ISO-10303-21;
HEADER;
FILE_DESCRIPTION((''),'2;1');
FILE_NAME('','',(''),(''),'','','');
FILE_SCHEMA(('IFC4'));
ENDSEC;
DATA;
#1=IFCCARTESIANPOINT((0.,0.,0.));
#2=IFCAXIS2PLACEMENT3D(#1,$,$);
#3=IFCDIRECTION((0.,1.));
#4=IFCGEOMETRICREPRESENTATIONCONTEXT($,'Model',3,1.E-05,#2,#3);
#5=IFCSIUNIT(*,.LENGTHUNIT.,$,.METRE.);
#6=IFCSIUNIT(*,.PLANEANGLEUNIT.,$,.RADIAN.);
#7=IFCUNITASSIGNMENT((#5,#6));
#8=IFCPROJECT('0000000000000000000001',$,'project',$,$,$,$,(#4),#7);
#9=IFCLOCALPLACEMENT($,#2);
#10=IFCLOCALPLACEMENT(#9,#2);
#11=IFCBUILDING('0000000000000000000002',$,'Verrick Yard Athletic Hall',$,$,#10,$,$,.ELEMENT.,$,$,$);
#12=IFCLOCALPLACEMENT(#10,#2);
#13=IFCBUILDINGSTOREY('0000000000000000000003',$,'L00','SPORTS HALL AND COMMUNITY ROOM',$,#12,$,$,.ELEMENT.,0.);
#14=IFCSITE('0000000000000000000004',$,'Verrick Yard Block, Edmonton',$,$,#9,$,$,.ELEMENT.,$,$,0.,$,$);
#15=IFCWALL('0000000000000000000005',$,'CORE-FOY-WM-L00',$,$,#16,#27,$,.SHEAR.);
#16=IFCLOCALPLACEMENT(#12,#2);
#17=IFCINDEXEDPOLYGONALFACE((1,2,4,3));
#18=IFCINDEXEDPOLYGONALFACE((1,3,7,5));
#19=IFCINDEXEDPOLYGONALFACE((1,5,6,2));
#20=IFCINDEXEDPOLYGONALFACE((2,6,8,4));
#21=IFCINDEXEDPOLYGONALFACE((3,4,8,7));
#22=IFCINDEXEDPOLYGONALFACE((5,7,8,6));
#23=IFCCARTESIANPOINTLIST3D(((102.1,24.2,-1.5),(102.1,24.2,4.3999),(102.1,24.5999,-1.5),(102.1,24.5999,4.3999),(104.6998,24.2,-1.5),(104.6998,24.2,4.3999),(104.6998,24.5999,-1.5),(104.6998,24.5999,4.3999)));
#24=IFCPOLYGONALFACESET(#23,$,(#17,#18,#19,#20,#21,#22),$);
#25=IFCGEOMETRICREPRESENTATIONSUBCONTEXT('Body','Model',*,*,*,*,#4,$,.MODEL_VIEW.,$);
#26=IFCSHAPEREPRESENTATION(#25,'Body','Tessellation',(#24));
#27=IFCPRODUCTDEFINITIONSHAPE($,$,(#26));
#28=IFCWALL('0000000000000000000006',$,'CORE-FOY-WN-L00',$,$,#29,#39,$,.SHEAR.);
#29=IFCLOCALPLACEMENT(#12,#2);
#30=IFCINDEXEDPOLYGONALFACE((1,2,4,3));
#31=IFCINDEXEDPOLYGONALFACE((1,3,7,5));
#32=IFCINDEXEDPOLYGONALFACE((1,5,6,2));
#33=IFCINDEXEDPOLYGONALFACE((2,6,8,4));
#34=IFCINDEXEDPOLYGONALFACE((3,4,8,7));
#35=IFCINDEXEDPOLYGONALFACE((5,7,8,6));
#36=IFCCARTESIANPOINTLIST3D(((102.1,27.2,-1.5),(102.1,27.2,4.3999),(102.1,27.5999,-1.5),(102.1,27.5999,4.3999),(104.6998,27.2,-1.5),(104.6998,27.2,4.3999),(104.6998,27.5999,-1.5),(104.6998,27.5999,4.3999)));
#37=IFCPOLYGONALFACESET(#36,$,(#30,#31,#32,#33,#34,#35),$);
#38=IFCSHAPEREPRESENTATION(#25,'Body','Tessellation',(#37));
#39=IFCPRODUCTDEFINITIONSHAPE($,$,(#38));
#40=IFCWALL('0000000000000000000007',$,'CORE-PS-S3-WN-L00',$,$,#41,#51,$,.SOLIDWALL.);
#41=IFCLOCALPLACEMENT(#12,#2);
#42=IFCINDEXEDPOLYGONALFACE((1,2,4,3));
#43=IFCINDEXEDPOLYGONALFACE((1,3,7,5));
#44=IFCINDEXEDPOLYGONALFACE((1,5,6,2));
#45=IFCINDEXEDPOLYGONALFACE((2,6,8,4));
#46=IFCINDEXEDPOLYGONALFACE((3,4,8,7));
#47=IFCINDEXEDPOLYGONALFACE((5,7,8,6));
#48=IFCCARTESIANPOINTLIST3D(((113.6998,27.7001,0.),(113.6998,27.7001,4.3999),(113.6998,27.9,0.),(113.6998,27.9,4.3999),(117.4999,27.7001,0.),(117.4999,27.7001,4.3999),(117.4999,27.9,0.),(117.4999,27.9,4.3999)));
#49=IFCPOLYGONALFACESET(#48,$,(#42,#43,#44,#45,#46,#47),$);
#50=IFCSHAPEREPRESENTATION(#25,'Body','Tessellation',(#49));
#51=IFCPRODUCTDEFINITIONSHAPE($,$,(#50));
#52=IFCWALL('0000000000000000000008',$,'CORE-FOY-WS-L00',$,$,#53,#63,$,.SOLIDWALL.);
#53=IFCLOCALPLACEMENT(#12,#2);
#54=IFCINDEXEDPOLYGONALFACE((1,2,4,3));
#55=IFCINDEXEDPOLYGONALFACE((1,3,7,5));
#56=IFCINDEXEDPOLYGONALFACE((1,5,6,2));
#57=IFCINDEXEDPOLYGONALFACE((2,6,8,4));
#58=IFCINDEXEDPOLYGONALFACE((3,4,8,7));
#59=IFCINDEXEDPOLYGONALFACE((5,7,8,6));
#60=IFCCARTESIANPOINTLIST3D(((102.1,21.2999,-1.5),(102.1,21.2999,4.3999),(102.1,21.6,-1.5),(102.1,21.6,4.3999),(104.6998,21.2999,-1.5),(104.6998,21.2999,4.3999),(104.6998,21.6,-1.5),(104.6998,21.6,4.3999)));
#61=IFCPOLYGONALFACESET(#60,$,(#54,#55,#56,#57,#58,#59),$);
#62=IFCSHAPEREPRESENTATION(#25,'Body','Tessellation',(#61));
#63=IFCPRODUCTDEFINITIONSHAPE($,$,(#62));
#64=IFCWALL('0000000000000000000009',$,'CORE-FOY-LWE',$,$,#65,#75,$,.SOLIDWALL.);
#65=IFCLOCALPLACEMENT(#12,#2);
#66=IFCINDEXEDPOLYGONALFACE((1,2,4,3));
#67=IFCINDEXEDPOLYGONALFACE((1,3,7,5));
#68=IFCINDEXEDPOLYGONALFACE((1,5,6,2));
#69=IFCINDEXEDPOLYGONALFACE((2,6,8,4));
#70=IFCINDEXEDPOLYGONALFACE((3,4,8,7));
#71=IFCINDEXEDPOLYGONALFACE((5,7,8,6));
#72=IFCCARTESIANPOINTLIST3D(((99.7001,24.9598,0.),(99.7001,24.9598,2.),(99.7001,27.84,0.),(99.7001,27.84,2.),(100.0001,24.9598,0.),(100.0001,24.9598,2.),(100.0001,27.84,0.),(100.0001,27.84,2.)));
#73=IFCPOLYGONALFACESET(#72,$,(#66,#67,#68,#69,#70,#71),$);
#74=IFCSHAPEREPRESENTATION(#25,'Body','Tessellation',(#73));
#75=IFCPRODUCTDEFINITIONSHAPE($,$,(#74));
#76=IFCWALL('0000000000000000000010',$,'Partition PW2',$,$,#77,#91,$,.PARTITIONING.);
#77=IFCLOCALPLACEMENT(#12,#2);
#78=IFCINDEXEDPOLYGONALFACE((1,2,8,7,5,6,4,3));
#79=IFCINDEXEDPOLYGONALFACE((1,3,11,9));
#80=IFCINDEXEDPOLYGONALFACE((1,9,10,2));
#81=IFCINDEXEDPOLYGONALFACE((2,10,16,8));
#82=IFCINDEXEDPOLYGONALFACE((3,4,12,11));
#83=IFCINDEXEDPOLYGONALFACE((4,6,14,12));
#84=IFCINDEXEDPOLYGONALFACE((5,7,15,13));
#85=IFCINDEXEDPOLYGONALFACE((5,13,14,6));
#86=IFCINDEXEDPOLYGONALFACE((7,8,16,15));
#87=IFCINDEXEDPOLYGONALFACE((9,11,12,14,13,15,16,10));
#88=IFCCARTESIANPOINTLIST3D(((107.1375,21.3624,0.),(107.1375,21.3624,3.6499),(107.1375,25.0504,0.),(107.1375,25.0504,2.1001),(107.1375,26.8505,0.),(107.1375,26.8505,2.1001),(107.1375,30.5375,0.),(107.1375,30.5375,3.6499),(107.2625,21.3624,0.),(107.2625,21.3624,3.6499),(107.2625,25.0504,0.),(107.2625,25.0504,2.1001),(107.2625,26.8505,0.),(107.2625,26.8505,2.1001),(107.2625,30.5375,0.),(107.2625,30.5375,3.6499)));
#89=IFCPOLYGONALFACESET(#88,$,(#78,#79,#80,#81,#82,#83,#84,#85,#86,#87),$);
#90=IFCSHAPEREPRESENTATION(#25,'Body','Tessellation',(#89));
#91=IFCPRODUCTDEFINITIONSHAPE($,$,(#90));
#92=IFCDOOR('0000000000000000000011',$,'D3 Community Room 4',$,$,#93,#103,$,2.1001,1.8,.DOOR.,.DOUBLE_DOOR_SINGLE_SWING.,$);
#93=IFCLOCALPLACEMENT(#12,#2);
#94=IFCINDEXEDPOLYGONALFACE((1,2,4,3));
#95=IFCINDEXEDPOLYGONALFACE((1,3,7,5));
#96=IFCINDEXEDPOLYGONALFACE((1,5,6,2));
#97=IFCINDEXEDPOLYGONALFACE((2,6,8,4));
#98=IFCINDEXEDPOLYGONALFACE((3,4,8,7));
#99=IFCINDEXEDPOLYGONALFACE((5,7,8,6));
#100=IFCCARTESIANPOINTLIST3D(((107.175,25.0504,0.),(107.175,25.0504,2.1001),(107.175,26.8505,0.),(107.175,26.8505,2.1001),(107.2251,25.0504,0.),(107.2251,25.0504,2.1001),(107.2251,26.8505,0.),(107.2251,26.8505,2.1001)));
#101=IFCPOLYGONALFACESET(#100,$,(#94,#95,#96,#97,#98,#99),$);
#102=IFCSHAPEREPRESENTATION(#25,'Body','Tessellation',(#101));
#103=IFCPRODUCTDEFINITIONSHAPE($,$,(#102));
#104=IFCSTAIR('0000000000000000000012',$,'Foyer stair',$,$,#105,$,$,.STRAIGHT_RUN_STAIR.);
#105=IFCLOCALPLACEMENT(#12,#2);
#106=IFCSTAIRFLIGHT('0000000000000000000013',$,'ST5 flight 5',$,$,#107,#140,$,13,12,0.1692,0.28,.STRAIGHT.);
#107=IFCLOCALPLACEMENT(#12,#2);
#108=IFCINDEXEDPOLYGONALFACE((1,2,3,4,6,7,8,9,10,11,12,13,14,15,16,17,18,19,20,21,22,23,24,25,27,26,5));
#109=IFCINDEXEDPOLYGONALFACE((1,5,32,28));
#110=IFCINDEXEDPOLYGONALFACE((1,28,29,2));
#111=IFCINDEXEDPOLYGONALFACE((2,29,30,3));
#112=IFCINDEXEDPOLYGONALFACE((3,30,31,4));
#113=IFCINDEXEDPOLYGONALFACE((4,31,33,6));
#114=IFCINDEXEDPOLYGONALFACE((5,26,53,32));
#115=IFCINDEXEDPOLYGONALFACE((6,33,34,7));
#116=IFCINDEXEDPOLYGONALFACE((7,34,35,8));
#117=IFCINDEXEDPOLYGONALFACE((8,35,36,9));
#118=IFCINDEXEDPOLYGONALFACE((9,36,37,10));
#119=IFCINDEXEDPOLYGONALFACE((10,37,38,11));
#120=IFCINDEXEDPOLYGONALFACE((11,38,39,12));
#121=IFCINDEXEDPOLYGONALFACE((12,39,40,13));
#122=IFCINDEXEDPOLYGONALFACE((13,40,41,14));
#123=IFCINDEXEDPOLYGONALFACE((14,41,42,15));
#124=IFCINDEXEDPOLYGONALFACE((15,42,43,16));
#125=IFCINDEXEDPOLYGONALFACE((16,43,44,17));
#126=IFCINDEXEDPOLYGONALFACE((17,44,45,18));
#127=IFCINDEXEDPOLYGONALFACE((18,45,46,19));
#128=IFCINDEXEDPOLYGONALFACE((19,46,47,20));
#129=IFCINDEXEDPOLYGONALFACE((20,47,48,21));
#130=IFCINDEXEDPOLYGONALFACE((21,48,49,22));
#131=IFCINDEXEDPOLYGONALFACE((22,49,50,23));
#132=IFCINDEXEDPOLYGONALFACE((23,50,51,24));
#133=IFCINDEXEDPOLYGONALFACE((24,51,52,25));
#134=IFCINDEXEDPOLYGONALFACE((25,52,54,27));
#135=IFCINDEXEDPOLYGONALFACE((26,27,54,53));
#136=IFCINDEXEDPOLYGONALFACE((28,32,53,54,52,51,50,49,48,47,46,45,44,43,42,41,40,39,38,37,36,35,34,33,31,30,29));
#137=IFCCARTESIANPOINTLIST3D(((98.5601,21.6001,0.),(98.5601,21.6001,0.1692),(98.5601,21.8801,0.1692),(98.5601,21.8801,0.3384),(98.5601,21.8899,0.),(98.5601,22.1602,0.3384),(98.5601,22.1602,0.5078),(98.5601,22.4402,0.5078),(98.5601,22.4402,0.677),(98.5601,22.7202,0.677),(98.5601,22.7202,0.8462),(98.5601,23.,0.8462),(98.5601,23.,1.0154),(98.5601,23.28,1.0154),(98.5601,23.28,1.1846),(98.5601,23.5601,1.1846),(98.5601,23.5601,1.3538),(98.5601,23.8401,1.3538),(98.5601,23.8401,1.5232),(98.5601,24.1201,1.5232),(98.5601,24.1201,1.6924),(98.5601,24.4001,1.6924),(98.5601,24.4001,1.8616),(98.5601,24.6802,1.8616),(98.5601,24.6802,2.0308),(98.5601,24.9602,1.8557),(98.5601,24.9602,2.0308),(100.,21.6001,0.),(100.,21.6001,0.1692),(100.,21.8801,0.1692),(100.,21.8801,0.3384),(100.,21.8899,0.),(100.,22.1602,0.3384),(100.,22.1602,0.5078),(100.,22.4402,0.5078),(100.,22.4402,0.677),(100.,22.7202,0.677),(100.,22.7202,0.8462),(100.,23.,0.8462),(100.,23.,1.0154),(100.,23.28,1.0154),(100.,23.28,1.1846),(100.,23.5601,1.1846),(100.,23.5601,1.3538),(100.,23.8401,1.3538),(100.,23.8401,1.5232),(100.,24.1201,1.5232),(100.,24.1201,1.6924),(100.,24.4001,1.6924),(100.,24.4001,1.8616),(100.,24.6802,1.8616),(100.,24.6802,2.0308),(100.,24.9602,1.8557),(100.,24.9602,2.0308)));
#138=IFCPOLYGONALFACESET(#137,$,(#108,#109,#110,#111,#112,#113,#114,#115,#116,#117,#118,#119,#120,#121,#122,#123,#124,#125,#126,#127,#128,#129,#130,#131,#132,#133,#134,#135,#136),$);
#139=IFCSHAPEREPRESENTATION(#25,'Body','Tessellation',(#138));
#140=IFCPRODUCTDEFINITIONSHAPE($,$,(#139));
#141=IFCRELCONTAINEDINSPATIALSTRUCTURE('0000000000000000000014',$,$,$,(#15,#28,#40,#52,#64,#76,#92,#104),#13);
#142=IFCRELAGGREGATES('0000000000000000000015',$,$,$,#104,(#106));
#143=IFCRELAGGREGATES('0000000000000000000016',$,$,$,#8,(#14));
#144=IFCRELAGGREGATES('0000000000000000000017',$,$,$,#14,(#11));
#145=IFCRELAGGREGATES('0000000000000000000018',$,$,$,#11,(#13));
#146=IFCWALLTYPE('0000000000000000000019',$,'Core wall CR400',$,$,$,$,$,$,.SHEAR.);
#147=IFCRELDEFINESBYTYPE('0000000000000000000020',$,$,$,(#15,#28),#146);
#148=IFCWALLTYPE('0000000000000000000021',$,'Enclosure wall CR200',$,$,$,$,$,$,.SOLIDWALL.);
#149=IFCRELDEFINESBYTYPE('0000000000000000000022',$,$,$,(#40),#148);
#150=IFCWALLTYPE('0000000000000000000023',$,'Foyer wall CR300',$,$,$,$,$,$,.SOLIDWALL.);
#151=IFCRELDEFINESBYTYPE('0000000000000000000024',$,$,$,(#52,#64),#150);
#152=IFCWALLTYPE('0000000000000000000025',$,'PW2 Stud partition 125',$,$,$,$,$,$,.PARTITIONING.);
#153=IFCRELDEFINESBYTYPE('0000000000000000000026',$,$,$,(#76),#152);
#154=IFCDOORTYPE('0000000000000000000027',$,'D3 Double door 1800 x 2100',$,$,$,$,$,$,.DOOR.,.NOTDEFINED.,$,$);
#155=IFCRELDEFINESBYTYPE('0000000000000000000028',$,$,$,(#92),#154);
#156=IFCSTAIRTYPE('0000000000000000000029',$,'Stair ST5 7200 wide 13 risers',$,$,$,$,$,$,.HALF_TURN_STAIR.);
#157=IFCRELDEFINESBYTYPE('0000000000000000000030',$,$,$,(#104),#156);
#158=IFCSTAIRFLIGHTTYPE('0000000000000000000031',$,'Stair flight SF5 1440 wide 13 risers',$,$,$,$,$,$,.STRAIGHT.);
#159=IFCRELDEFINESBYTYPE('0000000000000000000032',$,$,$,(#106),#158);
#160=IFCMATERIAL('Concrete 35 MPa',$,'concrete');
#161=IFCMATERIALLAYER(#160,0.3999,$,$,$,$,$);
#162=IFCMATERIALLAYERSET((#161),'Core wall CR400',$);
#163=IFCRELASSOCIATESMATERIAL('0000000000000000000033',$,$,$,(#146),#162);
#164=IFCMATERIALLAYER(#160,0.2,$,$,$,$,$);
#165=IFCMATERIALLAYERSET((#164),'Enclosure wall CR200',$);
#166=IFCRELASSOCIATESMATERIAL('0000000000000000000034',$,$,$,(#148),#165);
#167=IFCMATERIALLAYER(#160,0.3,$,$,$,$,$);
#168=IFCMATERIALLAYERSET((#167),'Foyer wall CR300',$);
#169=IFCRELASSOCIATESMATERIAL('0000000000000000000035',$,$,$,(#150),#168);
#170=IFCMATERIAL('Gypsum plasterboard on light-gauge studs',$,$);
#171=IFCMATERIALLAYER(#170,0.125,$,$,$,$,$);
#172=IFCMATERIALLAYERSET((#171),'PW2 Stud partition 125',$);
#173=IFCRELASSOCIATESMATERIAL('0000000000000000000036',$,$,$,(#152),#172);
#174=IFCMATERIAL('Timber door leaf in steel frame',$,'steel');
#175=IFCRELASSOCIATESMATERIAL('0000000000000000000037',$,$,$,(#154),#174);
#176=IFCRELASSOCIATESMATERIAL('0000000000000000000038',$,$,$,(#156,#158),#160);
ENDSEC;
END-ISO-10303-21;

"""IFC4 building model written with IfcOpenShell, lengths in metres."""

from ifc_helpers import new_model, si_unit, direction, frame, frame_2d, origin, place, context, subcontext, project, spatial, polyline, rectangle, outline, extrude, material, layer, layer_set, type_object, element, fill, aggregate, save


model = new_model("IFC4")

# Units and contexts
model_context = context("Model", 3, precision=1e-05, world=origin(), true_north=direction((0.0, 1.0)))
body_context = subcontext(model_context, "Body", "Model", "MODEL_VIEW")
ifc_project = project(units=[si_unit("LENGTHUNIT", "METRE"), si_unit("PLANEANGLEUNIT", "RADIAN")], contexts=[model_context])

# Site, building, storey
site_placement = place(None, origin())
site = spatial("IfcSite", under=ifc_project, at=site_placement, Name="Verrick Yard Block, Edmonton", CompositionType="ELEMENT", RefElevation=0.0)
building_placement = place(site_placement, origin())
building = spatial("IfcBuilding", under=site, at=building_placement, Name="Verrick Yard Athletic Hall", CompositionType="ELEMENT")
storey_placement = place(building_placement, origin())
storey = spatial("IfcBuildingStorey", under=building, at=storey_placement, Name="L00", Description="SPORTS HALL AND COMMUNITY ROOM", CompositionType="ELEMENT", Elevation=0.0)

# Walls
ifc_material_1 = material(Name="Concrete 35 MPa", Category="concrete")
ifc_layer_1 = layer(ifc_material_1, 0.3999)
ifc_layer_set_1 = layer_set([ifc_layer_1], Name="Core wall CR400")
wall_type_1 = type_object("IfcWallType", Name="Core wall CR400", PredefinedType="SHEAR", material=ifc_layer_set_1)
for number, where, z_axis, x_axis, name in (
    (1, (102.1001, 24.3999, -1.5), (0.0, 0.0, 1.0), (1.0, 0.0, 0.0), "CORE-FOY-WM-L00"),
    (2, (102.1001, 27.3999, -1.5), (0.0, 0.0, 1.0), (1.0, 0.0, 0.0), "CORE-FOY-WN-L00"),
):
    element("IfcWall", number, at=place(storey_placement, frame(where, z_axis=z_axis, x_axis=x_axis)), inside=storey, type_object=wall_type_1, Name=name, PredefinedType="SHEAR", context=body_context, shape_type="SweptSolid", body=[
        extrude(rectangle(XDim=2.5999, YDim=0.3999, at=frame_2d((1.2998, 0.0))), origin(), (0.0, 0.0, 1.0), 5.8999),
    ])
ifc_layer_2 = layer(ifc_material_1, 0.2)
ifc_layer_set_2 = layer_set([ifc_layer_2], Name="Enclosure wall CR200")
wall_type_2 = type_object("IfcWallType", Name="Enclosure wall CR200", PredefinedType="SOLIDWALL", material=ifc_layer_set_2)
wall_1_placement = place(storey_placement, frame((113.7, 27.8, 0.0), z_axis=(0.0, 0.0, 1.0), x_axis=(1.0, 0.0, 0.0)))
element("IfcWall", 3, at=wall_1_placement, inside=storey, type_object=wall_type_2, Name="CORE-PS-S3-WN-L00", PredefinedType="SOLIDWALL", context=body_context, shape_type="SweptSolid", body=[
    extrude(rectangle(XDim=3.8, YDim=0.2, at=frame_2d((1.8999, 0.0))), origin(), (0.0, 0.0, 1.0), 4.3999),
])
ifc_layer_3 = layer(ifc_material_1, 0.3)
ifc_layer_set_3 = layer_set([ifc_layer_3], Name="Foyer wall CR300")
wall_type_3 = type_object("IfcWallType", Name="Foyer wall CR300", PredefinedType="SOLIDWALL", material=ifc_layer_set_3)
wall_2_placement = place(storey_placement, frame((102.1001, 21.45, -1.5), z_axis=(0.0, 0.0, 1.0), x_axis=(1.0, 0.0, 0.0)))
element("IfcWall", 4, at=wall_2_placement, inside=storey, type_object=wall_type_3, Name="CORE-FOY-WS-L00", PredefinedType="SOLIDWALL", context=body_context, shape_type="SweptSolid", body=[
    extrude(rectangle(XDim=2.5999, YDim=0.3, at=frame_2d((1.2998, 0.0))), origin(), (0.0, 0.0, 1.0), 5.8999),
])
wall_3_placement = place(storey_placement, frame((99.8501, 24.96, 0.0), z_axis=(0.0, 0.0, 1.0), x_axis=(0.0, 1.0, 0.0)))
element("IfcWall", 5, at=wall_3_placement, inside=storey, type_object=wall_type_3, Name="CORE-FOY-LWE", PredefinedType="SOLIDWALL", context=body_context, shape_type="SweptSolid", body=[
    extrude(rectangle(XDim=2.8801, YDim=0.3, at=frame_2d((1.4399, 0.0))), origin(), (0.0, 0.0, 1.0), 2.0),
])

# Wall, opening, door
ifc_material_2 = material(Name="Gypsum plasterboard on light-gauge studs")
ifc_layer_4 = layer(ifc_material_2, 0.125)
ifc_layer_set_4 = layer_set([ifc_layer_4], Name="PW2 Stud partition 125")
wall_type_4 = type_object("IfcWallType", Name="PW2 Stud partition 125", PredefinedType="PARTITIONING", material=ifc_layer_set_4)
wall_4_placement = place(storey_placement, frame((107.2, 21.3625, 0.0), z_axis=(0.0, 0.0, 1.0), x_axis=(0.0, 1.0, 0.0)))
wall_4 = element("IfcWall", 6, at=wall_4_placement, inside=storey, type_object=wall_type_4, Name="Partition PW2", PredefinedType="PARTITIONING", context=body_context, shape_type="SweptSolid", body=[
    extrude(rectangle(XDim=9.175, YDim=0.125, at=frame_2d((4.5874, 0.0))), origin(), (0.0, 0.0, 1.0), 3.6499),
])
opening_placement = place(wall_4_placement, frame((3.688, 0.0, 0.0)))
opening = element("IfcOpeningElement", 7, at=opening_placement, cuts=wall_4, PredefinedType="OPENING", context=body_context, shape_type="SweptSolid", body=[
    extrude(rectangle(XDim=1.8, YDim=2.1001, at=frame_2d((0.8999, 1.05))), frame((0.0, 0.0725, 0.0), z_axis=(0.0, -1.0, 0.0), x_axis=(1.0, 0.0, 0.0)), (0.0, 0.0, 1.0), 0.145),
])
ifc_material_3 = material(Name="Timber door leaf in steel frame", Category="steel")
door_type = type_object("IfcDoorType", Name="D3 Double door 1800 x 2100", OperationType="NOTDEFINED", PredefinedType="DOOR", material=ifc_material_3)
door_placement = place(opening_placement, origin())
door = element("IfcDoor", 8, at=door_placement, inside=storey, type_object=door_type, Name="D3 Community Room 4", OperationType="DOUBLE_DOOR_SINGLE_SWING", OverallHeight=2.1001, OverallWidth=1.8, PredefinedType="DOOR", context=body_context, shape_type="SweptSolid", body=[
    extrude(rectangle(XDim=1.8, YDim=2.1001, at=frame_2d((0.8999, 1.05))), frame((0.0, 0.0249, 0.0), z_axis=(0.0, -1.0, 0.0), x_axis=(1.0, 0.0, 0.0)), (0.0, 0.0, 1.0), 0.05),
])
fill(opening, door)

# Stair, stair flight
stair_type = type_object("IfcStairType", Name="Stair ST5 7200 wide 13 risers", PredefinedType="HALF_TURN_STAIR", material=ifc_material_1)
stair_placement = place(storey_placement, origin())
stair = element("IfcStair", 9, at=stair_placement, inside=storey, type_object=stair_type, Name="Foyer stair", PredefinedType="STRAIGHT_RUN_STAIR")
stair_flight_type = type_object("IfcStairFlightType", Name="Stair flight SF5 1440 wide 13 risers", PredefinedType="STRAIGHT", material=ifc_material_1)
stair_flight_placement = place(storey_placement, frame((99.28, 21.6001, 0.0), z_axis=(0.0, 0.0, 1.0), x_axis=(0.0, 1.0, 0.0)))
stair_flight = element("IfcStairFlight", 10, at=stair_flight_placement, type_object=stair_flight_type, Name="ST5 flight 5", NumberOfRisers=13, NumberOfTreads=12, PredefinedType="STRAIGHT", RiserHeight=0.1692, TreadLength=0.28, context=body_context, shape_type="SweptSolid", body=[
    extrude(outline(polyline([(0.0, 0.0), (0.0, 0.1692), (0.28, 0.1692), (0.28, 0.3384), (0.5601, 0.3384), (0.5601, 0.5078), (0.8401, 0.5078), (0.8401, 0.677), (1.1201, 0.677), (1.1201, 0.8462), (1.3999, 0.8462), (1.3999, 1.0154), (1.6799, 1.0154), (1.6799, 1.1846), (1.96, 1.1846), (1.96, 1.3538), (2.24, 1.3538), (2.24, 1.5232), (2.52, 1.5232), (2.52, 1.6924), (2.8, 1.6924), (2.8, 1.8616), (3.0801, 1.8616), (3.0801, 2.0308), (3.3601, 2.0308), (3.3601, 2.2), (3.3601, 1.8557), (0.2898, 0.0), (0.0, 0.0)])), frame((0.0, 0.72, 0.0), z_axis=(0.0, -1.0, 0.0), x_axis=(1.0, 0.0, 0.0)), (0.0, 0.0, 1.0), 1.4399),
])
aggregate(stair, [stair_flight])

save(model, "model.ifc")
